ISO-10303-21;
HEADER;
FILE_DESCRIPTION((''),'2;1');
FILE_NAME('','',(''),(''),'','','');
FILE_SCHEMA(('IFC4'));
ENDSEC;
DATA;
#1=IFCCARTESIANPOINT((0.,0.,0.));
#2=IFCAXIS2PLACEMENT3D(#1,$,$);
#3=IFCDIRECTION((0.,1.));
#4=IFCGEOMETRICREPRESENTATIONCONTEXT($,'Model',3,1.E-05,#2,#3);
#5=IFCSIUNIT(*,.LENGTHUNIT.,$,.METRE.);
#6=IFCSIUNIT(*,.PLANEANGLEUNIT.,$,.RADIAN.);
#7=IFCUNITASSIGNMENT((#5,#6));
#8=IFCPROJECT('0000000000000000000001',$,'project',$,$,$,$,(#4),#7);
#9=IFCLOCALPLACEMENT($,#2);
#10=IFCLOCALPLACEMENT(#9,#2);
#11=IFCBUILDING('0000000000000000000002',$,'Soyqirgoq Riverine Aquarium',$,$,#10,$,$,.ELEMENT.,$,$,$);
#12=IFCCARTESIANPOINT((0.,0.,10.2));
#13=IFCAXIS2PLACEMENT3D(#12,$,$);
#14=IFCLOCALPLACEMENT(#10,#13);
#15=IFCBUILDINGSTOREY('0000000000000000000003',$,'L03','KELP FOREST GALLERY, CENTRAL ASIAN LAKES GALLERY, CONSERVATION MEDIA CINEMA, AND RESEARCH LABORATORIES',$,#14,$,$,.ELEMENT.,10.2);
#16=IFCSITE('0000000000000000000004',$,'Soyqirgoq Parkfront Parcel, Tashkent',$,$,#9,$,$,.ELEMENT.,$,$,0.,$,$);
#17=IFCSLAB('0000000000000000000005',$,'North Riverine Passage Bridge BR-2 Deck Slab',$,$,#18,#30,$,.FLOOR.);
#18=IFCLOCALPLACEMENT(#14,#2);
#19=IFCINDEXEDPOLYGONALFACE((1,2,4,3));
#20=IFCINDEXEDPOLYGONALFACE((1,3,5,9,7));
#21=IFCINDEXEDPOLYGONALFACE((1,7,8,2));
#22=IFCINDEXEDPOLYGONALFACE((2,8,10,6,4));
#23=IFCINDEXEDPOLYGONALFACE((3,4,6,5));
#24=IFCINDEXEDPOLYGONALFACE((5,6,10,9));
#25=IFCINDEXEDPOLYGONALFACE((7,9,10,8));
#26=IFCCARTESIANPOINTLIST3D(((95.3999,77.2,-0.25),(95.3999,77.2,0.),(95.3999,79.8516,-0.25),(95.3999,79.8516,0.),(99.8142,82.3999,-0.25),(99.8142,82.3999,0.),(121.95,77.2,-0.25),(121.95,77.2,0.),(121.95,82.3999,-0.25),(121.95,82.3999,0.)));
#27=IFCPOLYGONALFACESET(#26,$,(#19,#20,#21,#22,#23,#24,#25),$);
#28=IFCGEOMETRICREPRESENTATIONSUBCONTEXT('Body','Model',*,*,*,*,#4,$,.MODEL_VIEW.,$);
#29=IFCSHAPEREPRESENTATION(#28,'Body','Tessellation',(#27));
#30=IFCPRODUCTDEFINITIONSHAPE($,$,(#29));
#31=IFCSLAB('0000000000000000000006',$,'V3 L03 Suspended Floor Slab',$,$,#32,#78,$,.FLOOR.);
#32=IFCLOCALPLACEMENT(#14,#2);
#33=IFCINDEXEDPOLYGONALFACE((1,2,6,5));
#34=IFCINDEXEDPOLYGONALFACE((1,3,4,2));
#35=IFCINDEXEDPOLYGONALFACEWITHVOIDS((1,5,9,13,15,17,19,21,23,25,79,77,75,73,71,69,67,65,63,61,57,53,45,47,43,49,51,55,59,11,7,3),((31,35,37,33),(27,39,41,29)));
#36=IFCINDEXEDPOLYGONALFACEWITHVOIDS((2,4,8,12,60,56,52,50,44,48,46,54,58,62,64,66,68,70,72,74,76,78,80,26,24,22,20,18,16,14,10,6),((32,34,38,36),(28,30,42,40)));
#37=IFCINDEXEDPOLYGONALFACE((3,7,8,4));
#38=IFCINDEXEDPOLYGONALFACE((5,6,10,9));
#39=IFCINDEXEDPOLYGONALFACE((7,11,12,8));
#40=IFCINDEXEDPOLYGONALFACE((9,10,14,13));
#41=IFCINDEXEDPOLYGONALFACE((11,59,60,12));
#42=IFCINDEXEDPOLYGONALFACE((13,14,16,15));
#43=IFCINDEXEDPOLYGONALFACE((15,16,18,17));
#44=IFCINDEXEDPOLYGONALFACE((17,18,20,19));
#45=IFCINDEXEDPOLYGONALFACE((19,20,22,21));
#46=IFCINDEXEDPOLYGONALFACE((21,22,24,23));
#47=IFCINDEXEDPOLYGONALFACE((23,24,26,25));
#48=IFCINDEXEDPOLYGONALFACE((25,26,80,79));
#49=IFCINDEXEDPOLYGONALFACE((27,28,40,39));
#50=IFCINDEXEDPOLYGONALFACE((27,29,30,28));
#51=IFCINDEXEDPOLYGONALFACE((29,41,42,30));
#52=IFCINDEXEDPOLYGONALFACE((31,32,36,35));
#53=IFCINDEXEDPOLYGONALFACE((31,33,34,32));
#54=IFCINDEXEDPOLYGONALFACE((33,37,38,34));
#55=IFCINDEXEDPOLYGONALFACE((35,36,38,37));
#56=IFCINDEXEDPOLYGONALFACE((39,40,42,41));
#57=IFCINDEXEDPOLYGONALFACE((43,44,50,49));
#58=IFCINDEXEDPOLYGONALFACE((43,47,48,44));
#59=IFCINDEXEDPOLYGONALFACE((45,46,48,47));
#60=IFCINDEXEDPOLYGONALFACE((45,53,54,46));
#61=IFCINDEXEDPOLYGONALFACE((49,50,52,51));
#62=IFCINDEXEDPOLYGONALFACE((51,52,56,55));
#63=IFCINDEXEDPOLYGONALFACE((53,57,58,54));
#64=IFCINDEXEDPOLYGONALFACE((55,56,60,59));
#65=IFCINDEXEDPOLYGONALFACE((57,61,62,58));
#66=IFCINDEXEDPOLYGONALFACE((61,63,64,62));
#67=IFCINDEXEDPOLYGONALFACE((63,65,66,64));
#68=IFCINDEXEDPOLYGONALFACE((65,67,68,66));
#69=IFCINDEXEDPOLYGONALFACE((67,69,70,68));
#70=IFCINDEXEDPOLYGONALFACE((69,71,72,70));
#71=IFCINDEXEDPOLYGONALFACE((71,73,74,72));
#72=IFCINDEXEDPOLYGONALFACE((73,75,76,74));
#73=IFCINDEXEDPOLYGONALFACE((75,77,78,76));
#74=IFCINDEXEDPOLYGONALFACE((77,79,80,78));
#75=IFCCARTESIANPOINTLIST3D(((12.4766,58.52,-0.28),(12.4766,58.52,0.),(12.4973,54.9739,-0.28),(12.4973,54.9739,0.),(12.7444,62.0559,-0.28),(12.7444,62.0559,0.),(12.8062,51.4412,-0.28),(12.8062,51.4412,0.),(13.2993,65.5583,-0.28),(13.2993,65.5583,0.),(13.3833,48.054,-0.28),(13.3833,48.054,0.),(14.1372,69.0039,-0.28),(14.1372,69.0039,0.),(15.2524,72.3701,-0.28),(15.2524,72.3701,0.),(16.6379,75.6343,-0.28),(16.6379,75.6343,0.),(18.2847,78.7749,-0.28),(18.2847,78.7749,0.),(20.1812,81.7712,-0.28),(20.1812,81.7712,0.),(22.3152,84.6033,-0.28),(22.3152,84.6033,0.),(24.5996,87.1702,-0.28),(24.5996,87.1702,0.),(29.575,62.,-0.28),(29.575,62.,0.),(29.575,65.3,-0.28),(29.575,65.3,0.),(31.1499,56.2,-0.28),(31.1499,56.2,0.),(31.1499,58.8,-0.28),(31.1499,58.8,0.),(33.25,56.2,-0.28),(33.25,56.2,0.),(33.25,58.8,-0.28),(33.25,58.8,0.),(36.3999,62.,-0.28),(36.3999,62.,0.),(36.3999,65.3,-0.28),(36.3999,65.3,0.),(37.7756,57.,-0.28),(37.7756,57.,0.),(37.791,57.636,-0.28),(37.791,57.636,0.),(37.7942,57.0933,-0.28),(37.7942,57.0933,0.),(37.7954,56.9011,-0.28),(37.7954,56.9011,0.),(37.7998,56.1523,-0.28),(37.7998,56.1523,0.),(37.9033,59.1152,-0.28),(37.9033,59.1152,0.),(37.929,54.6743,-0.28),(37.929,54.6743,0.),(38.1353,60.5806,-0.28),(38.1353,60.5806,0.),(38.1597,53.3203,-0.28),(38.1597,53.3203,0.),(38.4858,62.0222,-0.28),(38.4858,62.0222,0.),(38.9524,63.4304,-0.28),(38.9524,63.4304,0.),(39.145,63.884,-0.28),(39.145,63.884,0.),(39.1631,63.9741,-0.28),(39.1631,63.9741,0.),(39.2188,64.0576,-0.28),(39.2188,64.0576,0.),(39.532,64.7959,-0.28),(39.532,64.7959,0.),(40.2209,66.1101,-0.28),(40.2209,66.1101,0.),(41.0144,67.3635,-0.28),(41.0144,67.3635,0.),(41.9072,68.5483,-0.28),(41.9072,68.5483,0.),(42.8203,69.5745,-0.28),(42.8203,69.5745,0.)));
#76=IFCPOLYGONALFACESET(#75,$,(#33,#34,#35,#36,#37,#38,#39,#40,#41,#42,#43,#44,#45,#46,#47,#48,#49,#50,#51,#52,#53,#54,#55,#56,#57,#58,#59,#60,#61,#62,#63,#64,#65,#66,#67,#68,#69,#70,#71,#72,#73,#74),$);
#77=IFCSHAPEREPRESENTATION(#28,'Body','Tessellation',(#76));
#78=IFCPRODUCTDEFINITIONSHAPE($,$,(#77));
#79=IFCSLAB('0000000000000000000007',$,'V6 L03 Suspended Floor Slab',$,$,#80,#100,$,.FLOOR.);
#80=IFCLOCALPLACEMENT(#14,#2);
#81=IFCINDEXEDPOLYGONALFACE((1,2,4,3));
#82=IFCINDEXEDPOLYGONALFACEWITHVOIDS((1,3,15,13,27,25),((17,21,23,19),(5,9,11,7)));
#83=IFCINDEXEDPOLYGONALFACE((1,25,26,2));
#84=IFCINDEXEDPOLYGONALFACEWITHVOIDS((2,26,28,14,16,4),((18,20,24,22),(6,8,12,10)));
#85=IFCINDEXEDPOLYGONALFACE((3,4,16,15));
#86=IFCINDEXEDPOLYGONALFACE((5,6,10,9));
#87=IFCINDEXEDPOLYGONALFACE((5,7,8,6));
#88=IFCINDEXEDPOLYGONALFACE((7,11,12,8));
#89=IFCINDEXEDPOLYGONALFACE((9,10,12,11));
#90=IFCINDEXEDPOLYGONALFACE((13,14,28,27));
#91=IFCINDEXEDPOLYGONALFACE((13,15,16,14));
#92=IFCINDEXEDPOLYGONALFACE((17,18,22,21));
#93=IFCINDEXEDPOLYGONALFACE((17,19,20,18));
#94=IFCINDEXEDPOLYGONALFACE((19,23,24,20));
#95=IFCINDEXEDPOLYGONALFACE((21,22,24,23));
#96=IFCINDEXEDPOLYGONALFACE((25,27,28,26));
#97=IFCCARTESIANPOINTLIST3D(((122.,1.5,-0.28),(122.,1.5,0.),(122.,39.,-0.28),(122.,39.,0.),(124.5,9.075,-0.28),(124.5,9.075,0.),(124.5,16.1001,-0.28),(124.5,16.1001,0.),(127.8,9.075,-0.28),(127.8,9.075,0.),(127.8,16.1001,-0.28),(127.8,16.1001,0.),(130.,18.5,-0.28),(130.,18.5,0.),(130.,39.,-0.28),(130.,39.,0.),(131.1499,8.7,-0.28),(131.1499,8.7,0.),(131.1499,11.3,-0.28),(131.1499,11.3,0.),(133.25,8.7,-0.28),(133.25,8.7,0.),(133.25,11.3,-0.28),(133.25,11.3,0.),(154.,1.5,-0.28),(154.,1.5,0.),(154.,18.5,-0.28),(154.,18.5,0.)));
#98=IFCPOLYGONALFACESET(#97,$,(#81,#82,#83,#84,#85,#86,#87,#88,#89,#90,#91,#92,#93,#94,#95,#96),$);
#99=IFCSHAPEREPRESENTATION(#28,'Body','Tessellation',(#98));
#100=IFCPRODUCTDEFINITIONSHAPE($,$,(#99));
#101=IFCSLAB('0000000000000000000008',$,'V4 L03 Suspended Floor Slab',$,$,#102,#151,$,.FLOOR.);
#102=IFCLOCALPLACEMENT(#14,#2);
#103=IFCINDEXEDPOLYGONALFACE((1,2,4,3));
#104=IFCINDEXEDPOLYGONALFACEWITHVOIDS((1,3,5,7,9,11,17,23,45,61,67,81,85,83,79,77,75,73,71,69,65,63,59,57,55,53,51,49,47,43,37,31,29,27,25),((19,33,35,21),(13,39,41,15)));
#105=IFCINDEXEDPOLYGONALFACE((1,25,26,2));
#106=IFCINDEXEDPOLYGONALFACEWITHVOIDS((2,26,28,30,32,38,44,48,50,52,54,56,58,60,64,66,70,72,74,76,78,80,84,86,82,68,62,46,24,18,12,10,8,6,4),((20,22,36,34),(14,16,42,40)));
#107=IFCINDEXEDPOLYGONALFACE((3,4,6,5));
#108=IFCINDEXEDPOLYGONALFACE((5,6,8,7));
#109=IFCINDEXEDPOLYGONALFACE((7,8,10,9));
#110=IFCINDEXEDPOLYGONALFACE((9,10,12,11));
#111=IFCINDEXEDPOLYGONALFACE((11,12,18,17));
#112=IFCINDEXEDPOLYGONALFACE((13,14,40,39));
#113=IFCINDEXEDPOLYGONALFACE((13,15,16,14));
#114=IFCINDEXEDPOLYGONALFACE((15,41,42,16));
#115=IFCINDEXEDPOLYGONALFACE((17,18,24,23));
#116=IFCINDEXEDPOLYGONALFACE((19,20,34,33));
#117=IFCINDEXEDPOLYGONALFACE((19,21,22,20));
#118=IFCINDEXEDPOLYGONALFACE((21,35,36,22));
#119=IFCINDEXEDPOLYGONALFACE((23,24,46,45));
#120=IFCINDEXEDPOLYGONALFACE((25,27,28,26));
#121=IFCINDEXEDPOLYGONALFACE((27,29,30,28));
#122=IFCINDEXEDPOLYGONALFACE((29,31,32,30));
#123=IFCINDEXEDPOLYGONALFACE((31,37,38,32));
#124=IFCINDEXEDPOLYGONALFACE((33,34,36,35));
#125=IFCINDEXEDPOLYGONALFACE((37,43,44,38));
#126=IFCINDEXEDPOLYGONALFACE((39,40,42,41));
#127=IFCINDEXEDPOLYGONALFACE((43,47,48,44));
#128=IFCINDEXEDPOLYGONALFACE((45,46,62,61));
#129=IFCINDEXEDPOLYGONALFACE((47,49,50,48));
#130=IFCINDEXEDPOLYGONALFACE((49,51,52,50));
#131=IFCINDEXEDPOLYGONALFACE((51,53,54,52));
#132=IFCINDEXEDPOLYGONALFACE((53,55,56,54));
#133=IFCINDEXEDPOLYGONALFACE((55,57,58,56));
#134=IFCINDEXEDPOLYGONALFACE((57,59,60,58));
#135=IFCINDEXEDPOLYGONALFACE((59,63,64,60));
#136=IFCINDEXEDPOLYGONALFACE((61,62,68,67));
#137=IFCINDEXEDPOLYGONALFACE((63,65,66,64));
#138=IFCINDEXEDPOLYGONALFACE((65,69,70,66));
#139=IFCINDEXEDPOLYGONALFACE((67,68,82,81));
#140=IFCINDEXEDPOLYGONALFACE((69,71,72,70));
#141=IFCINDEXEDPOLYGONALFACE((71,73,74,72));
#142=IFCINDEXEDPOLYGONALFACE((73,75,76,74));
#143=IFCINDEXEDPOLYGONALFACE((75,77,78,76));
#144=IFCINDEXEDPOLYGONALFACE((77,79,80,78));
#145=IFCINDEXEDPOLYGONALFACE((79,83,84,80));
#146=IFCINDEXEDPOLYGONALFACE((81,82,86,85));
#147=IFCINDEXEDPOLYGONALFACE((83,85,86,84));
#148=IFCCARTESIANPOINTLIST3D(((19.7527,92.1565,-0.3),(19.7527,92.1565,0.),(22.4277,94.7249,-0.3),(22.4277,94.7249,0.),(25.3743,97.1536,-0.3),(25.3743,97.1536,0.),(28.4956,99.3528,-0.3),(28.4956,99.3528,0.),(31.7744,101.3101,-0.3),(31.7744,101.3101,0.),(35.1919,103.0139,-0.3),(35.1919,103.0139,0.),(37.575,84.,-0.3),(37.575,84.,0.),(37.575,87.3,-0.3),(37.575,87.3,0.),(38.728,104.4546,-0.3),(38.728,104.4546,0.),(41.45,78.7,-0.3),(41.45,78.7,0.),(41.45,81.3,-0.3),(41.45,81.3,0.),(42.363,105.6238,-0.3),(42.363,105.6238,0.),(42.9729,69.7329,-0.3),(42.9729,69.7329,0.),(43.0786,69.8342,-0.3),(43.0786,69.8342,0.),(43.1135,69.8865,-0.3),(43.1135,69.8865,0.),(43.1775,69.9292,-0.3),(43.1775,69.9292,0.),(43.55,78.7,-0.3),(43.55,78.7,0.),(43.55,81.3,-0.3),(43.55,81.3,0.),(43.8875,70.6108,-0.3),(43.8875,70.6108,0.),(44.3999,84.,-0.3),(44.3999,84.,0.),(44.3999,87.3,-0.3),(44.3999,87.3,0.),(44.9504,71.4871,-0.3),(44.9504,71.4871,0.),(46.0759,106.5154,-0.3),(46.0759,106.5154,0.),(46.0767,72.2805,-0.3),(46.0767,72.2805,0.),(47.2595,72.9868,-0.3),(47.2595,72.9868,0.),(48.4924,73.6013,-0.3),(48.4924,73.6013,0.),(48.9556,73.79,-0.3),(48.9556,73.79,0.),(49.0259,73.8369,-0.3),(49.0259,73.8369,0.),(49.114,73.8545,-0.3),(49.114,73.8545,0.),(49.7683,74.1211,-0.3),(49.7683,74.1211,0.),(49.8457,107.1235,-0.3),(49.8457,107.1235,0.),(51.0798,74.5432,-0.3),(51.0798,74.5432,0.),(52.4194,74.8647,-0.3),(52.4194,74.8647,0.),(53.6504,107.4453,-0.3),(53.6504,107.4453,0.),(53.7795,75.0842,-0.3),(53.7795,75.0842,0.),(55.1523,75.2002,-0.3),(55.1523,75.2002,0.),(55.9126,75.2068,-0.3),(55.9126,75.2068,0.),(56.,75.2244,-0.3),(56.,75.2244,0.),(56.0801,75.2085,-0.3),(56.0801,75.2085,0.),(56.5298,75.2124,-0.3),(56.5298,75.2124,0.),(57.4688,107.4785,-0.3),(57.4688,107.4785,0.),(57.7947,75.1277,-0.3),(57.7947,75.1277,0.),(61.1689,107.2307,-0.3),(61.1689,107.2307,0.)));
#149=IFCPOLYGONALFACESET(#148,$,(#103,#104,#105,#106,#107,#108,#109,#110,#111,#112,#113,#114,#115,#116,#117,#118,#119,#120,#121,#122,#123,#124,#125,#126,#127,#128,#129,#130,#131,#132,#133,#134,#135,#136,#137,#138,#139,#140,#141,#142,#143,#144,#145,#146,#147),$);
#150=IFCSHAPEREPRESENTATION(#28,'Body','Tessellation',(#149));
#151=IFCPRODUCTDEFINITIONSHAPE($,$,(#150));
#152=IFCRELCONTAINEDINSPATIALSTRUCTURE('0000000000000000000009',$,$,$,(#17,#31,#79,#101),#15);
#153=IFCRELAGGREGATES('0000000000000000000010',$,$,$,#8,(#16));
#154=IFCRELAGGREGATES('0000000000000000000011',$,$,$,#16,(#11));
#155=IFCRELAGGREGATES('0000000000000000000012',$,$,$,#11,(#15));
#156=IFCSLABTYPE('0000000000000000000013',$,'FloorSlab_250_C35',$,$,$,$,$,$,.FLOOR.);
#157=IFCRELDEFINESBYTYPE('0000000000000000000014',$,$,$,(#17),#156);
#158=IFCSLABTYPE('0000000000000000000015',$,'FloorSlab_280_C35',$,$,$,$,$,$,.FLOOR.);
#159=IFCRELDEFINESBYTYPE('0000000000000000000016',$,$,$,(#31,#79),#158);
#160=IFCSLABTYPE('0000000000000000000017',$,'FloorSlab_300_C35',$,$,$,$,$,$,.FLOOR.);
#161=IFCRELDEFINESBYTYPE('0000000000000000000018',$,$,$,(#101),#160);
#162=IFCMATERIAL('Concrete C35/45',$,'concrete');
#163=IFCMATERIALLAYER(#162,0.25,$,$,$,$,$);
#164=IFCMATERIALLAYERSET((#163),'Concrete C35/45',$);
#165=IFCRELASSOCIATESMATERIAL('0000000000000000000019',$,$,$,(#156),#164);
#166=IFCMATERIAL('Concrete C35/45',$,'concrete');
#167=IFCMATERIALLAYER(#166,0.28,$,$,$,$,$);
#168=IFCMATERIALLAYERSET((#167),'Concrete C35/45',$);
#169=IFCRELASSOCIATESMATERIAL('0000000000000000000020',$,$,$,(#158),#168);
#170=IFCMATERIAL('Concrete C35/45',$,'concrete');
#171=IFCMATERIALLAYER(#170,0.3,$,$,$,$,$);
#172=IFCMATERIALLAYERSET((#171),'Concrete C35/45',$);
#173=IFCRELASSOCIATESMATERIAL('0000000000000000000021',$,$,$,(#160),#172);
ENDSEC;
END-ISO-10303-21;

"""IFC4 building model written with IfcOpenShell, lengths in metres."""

from ifc_helpers import new_model, si_unit, direction, frame, origin, place, context, subcontext, project, spatial, polyline, outline, extrude, material, layer, layer_set, type_object, element, save


model = new_model("IFC4")

# Units and contexts
model_context = context("Model", 3, precision=1e-05, world=origin(), true_north=direction((0.0, 1.0)))
body_context = subcontext(model_context, "Body", "Model", "MODEL_VIEW")
ifc_project = project(units=[si_unit("LENGTHUNIT", "METRE"), si_unit("PLANEANGLEUNIT", "RADIAN")], contexts=[model_context])

# Site, building, storey
site_placement = place(None, origin())
site = spatial("IfcSite", under=ifc_project, at=site_placement, Name="Soyqirgoq Parkfront Parcel, Tashkent", CompositionType="ELEMENT", RefElevation=0.0)
building_placement = place(site_placement, origin())
building = spatial("IfcBuilding", under=site, at=building_placement, Name="Soyqirgoq Riverine Aquarium", CompositionType="ELEMENT")
storey_placement = place(building_placement, frame((0.0, 0.0, 10.2)))
storey = spatial("IfcBuildingStorey", under=building, at=storey_placement, Name="L03", Description="KELP FOREST GALLERY, CENTRAL ASIAN LAKES GALLERY, CONSERVATION MEDIA CINEMA, AND RESEARCH LABORATORIES", CompositionType="ELEMENT", Elevation=10.2)

# Slabs
ifc_material_1 = material(Name="Concrete C35/45", Category="concrete")
ifc_layer_1 = layer(ifc_material_1, 0.25)
ifc_layer_set_1 = layer_set([ifc_layer_1], Name="Concrete C35/45")
slab_type_1 = type_object("IfcSlabType", Name="FloorSlab_250_C35", PredefinedType="FLOOR", material=ifc_layer_set_1)
slab_1_placement = place(storey_placement, frame((0.0, 0.0, -0.25)))
element("IfcSlab", 1, at=slab_1_placement, inside=storey, type_object=slab_type_1, Name="North Riverine Passage Bridge BR-2 Deck Slab", PredefinedType="FLOOR", context=body_context, shape_type="SweptSolid", body=[
    extrude(outline(polyline([(99.8142, 82.3999), (95.3999, 79.8516), (95.3999, 77.2), (121.95, 77.2), (121.95, 82.3999), (99.8142, 82.3999)])), origin(), (0.0, 0.0, 1.0), 0.25),
])
ifc_material_2 = material(Name="Concrete C35/45", Category="concrete")
ifc_layer_2 = layer(ifc_material_2, 0.28)
ifc_layer_set_2 = layer_set([ifc_layer_2], Name="Concrete C35/45")
slab_type_2 = type_object("IfcSlabType", Name="FloorSlab_280_C35", PredefinedType="FLOOR", material=ifc_layer_set_2)
slab_2_placement = place(storey_placement, frame((0.0, 0.0, -0.28)))
element("IfcSlab", 2, at=slab_2_placement, inside=storey, type_object=slab_type_2, Name="V3 L03 Suspended Floor Slab", PredefinedType="FLOOR", context=body_context, shape_type="SweptSolid", body=[
    extrude(outline(polyline([(41.0144, 67.3635), (41.9072, 68.5483), (42.8203, 69.5745), (24.5996, 87.1702), (22.3152, 84.6033), (20.1812, 81.7712), (18.2847, 78.7749), (16.6379, 75.6343), (15.2524, 72.3701), (14.1372, 69.0039), (13.2993, 65.5583), (12.7444, 62.0559), (12.4766, 58.52), (12.4973, 54.9739), (12.8062, 51.4412), (13.3833, 48.054), (38.1597, 53.3203), (37.929, 54.6743), (37.7998, 56.1523), (37.7954, 56.9011), (37.7756, 57.0), (37.7942, 57.0933), (37.791, 57.636), (37.9033, 59.1152), (38.1353, 60.5806), (38.4858, 62.0222), (38.9524, 63.4304), (39.145, 63.884), (39.1631, 63.9741), (39.2188, 64.0576), (39.532, 64.7959), (40.2209, 66.1101), (41.0144, 67.3635)]), holes=[polyline([(29.575, 62.0), (36.3999, 62.0), (36.3999, 65.3), (29.575, 65.3), (29.575, 62.0)]), polyline([(31.1499, 56.2), (33.25, 56.2), (33.25, 58.8), (31.1499, 58.8), (31.1499, 56.2)])]), origin(), (0.0, 0.0, 1.0), 0.28),
])
slab_3_placement = place(storey_placement, frame((0.0, 0.0, -0.28)))
element("IfcSlab", 3, at=slab_3_placement, inside=storey, type_object=slab_type_2, Name="V6 L03 Suspended Floor Slab", PredefinedType="FLOOR", context=body_context, shape_type="SweptSolid", body=[
    extrude(outline(polyline([(122.0, 1.5), (154.0, 1.5), (154.0, 18.5), (130.0, 18.5), (130.0, 39.0), (122.0, 39.0), (122.0, 1.5)]), holes=[polyline([(127.8, 9.075), (127.8, 16.1001), (124.5, 16.1001), (124.5, 9.075), (127.8, 9.075)]), polyline([(131.1499, 8.7), (133.25, 8.7), (133.25, 11.3), (131.1499, 11.3), (131.1499, 8.7)])]), origin(), (0.0, 0.0, 1.0), 0.28),
])
ifc_material_3 = material(Name="Concrete C35/45", Category="concrete")
ifc_layer_3 = layer(ifc_material_3, 0.3)
ifc_layer_set_3 = layer_set([ifc_layer_3], Name="Concrete C35/45")
slab_type_3 = type_object("IfcSlabType", Name="FloorSlab_300_C35", PredefinedType="FLOOR", material=ifc_layer_set_3)
slab_4_placement = place(storey_placement, frame((0.0, 0.0, -0.3)))
element("IfcSlab", 4, at=slab_4_placement, inside=storey, type_object=slab_type_3, Name="V4 L03 Suspended Floor Slab", PredefinedType="FLOOR", context=body_context, shape_type="SweptSolid", body=[
    extrude(outline(polyline([(55.1523, 75.2002), (55.9126, 75.2068), (56.0, 75.2244), (56.0801, 75.2085), (56.5298, 75.2124), (57.7947, 75.1277), (61.1689, 107.2307), (57.4688, 107.4785), (53.6504, 107.4453), (49.8457, 107.1235), (46.0759, 106.5154), (42.363, 105.6238), (38.728, 104.4546), (35.1919, 103.0139), (31.7744, 101.3101), (28.4956, 99.3528), (25.3743, 97.1536), (22.4277, 94.7249), (19.7527, 92.1565), (42.9729, 69.7329), (43.0786, 69.8342), (43.1135, 69.8865), (43.1775, 69.9292), (43.8875, 70.6108), (44.9504, 71.4871), (46.0767, 72.2805), (47.2595, 72.9868), (48.4924, 73.6013), (48.9556, 73.79), (49.0259, 73.8369), (49.114, 73.8545), (49.7683, 74.1211), (51.0798, 74.5432), (52.4194, 74.8647), (53.7795, 75.0842), (55.1523, 75.2002)]), holes=[polyline([(37.575, 84.0), (44.3999, 84.0), (44.3999, 87.3), (37.575, 87.3), (37.575, 84.0)]), polyline([(41.45, 78.7), (43.55, 78.7), (43.55, 81.3), (41.45, 81.3), (41.45, 78.7)])]), origin(), (0.0, 0.0, 1.0), 0.3),
])

save(model, "model.ifc")
